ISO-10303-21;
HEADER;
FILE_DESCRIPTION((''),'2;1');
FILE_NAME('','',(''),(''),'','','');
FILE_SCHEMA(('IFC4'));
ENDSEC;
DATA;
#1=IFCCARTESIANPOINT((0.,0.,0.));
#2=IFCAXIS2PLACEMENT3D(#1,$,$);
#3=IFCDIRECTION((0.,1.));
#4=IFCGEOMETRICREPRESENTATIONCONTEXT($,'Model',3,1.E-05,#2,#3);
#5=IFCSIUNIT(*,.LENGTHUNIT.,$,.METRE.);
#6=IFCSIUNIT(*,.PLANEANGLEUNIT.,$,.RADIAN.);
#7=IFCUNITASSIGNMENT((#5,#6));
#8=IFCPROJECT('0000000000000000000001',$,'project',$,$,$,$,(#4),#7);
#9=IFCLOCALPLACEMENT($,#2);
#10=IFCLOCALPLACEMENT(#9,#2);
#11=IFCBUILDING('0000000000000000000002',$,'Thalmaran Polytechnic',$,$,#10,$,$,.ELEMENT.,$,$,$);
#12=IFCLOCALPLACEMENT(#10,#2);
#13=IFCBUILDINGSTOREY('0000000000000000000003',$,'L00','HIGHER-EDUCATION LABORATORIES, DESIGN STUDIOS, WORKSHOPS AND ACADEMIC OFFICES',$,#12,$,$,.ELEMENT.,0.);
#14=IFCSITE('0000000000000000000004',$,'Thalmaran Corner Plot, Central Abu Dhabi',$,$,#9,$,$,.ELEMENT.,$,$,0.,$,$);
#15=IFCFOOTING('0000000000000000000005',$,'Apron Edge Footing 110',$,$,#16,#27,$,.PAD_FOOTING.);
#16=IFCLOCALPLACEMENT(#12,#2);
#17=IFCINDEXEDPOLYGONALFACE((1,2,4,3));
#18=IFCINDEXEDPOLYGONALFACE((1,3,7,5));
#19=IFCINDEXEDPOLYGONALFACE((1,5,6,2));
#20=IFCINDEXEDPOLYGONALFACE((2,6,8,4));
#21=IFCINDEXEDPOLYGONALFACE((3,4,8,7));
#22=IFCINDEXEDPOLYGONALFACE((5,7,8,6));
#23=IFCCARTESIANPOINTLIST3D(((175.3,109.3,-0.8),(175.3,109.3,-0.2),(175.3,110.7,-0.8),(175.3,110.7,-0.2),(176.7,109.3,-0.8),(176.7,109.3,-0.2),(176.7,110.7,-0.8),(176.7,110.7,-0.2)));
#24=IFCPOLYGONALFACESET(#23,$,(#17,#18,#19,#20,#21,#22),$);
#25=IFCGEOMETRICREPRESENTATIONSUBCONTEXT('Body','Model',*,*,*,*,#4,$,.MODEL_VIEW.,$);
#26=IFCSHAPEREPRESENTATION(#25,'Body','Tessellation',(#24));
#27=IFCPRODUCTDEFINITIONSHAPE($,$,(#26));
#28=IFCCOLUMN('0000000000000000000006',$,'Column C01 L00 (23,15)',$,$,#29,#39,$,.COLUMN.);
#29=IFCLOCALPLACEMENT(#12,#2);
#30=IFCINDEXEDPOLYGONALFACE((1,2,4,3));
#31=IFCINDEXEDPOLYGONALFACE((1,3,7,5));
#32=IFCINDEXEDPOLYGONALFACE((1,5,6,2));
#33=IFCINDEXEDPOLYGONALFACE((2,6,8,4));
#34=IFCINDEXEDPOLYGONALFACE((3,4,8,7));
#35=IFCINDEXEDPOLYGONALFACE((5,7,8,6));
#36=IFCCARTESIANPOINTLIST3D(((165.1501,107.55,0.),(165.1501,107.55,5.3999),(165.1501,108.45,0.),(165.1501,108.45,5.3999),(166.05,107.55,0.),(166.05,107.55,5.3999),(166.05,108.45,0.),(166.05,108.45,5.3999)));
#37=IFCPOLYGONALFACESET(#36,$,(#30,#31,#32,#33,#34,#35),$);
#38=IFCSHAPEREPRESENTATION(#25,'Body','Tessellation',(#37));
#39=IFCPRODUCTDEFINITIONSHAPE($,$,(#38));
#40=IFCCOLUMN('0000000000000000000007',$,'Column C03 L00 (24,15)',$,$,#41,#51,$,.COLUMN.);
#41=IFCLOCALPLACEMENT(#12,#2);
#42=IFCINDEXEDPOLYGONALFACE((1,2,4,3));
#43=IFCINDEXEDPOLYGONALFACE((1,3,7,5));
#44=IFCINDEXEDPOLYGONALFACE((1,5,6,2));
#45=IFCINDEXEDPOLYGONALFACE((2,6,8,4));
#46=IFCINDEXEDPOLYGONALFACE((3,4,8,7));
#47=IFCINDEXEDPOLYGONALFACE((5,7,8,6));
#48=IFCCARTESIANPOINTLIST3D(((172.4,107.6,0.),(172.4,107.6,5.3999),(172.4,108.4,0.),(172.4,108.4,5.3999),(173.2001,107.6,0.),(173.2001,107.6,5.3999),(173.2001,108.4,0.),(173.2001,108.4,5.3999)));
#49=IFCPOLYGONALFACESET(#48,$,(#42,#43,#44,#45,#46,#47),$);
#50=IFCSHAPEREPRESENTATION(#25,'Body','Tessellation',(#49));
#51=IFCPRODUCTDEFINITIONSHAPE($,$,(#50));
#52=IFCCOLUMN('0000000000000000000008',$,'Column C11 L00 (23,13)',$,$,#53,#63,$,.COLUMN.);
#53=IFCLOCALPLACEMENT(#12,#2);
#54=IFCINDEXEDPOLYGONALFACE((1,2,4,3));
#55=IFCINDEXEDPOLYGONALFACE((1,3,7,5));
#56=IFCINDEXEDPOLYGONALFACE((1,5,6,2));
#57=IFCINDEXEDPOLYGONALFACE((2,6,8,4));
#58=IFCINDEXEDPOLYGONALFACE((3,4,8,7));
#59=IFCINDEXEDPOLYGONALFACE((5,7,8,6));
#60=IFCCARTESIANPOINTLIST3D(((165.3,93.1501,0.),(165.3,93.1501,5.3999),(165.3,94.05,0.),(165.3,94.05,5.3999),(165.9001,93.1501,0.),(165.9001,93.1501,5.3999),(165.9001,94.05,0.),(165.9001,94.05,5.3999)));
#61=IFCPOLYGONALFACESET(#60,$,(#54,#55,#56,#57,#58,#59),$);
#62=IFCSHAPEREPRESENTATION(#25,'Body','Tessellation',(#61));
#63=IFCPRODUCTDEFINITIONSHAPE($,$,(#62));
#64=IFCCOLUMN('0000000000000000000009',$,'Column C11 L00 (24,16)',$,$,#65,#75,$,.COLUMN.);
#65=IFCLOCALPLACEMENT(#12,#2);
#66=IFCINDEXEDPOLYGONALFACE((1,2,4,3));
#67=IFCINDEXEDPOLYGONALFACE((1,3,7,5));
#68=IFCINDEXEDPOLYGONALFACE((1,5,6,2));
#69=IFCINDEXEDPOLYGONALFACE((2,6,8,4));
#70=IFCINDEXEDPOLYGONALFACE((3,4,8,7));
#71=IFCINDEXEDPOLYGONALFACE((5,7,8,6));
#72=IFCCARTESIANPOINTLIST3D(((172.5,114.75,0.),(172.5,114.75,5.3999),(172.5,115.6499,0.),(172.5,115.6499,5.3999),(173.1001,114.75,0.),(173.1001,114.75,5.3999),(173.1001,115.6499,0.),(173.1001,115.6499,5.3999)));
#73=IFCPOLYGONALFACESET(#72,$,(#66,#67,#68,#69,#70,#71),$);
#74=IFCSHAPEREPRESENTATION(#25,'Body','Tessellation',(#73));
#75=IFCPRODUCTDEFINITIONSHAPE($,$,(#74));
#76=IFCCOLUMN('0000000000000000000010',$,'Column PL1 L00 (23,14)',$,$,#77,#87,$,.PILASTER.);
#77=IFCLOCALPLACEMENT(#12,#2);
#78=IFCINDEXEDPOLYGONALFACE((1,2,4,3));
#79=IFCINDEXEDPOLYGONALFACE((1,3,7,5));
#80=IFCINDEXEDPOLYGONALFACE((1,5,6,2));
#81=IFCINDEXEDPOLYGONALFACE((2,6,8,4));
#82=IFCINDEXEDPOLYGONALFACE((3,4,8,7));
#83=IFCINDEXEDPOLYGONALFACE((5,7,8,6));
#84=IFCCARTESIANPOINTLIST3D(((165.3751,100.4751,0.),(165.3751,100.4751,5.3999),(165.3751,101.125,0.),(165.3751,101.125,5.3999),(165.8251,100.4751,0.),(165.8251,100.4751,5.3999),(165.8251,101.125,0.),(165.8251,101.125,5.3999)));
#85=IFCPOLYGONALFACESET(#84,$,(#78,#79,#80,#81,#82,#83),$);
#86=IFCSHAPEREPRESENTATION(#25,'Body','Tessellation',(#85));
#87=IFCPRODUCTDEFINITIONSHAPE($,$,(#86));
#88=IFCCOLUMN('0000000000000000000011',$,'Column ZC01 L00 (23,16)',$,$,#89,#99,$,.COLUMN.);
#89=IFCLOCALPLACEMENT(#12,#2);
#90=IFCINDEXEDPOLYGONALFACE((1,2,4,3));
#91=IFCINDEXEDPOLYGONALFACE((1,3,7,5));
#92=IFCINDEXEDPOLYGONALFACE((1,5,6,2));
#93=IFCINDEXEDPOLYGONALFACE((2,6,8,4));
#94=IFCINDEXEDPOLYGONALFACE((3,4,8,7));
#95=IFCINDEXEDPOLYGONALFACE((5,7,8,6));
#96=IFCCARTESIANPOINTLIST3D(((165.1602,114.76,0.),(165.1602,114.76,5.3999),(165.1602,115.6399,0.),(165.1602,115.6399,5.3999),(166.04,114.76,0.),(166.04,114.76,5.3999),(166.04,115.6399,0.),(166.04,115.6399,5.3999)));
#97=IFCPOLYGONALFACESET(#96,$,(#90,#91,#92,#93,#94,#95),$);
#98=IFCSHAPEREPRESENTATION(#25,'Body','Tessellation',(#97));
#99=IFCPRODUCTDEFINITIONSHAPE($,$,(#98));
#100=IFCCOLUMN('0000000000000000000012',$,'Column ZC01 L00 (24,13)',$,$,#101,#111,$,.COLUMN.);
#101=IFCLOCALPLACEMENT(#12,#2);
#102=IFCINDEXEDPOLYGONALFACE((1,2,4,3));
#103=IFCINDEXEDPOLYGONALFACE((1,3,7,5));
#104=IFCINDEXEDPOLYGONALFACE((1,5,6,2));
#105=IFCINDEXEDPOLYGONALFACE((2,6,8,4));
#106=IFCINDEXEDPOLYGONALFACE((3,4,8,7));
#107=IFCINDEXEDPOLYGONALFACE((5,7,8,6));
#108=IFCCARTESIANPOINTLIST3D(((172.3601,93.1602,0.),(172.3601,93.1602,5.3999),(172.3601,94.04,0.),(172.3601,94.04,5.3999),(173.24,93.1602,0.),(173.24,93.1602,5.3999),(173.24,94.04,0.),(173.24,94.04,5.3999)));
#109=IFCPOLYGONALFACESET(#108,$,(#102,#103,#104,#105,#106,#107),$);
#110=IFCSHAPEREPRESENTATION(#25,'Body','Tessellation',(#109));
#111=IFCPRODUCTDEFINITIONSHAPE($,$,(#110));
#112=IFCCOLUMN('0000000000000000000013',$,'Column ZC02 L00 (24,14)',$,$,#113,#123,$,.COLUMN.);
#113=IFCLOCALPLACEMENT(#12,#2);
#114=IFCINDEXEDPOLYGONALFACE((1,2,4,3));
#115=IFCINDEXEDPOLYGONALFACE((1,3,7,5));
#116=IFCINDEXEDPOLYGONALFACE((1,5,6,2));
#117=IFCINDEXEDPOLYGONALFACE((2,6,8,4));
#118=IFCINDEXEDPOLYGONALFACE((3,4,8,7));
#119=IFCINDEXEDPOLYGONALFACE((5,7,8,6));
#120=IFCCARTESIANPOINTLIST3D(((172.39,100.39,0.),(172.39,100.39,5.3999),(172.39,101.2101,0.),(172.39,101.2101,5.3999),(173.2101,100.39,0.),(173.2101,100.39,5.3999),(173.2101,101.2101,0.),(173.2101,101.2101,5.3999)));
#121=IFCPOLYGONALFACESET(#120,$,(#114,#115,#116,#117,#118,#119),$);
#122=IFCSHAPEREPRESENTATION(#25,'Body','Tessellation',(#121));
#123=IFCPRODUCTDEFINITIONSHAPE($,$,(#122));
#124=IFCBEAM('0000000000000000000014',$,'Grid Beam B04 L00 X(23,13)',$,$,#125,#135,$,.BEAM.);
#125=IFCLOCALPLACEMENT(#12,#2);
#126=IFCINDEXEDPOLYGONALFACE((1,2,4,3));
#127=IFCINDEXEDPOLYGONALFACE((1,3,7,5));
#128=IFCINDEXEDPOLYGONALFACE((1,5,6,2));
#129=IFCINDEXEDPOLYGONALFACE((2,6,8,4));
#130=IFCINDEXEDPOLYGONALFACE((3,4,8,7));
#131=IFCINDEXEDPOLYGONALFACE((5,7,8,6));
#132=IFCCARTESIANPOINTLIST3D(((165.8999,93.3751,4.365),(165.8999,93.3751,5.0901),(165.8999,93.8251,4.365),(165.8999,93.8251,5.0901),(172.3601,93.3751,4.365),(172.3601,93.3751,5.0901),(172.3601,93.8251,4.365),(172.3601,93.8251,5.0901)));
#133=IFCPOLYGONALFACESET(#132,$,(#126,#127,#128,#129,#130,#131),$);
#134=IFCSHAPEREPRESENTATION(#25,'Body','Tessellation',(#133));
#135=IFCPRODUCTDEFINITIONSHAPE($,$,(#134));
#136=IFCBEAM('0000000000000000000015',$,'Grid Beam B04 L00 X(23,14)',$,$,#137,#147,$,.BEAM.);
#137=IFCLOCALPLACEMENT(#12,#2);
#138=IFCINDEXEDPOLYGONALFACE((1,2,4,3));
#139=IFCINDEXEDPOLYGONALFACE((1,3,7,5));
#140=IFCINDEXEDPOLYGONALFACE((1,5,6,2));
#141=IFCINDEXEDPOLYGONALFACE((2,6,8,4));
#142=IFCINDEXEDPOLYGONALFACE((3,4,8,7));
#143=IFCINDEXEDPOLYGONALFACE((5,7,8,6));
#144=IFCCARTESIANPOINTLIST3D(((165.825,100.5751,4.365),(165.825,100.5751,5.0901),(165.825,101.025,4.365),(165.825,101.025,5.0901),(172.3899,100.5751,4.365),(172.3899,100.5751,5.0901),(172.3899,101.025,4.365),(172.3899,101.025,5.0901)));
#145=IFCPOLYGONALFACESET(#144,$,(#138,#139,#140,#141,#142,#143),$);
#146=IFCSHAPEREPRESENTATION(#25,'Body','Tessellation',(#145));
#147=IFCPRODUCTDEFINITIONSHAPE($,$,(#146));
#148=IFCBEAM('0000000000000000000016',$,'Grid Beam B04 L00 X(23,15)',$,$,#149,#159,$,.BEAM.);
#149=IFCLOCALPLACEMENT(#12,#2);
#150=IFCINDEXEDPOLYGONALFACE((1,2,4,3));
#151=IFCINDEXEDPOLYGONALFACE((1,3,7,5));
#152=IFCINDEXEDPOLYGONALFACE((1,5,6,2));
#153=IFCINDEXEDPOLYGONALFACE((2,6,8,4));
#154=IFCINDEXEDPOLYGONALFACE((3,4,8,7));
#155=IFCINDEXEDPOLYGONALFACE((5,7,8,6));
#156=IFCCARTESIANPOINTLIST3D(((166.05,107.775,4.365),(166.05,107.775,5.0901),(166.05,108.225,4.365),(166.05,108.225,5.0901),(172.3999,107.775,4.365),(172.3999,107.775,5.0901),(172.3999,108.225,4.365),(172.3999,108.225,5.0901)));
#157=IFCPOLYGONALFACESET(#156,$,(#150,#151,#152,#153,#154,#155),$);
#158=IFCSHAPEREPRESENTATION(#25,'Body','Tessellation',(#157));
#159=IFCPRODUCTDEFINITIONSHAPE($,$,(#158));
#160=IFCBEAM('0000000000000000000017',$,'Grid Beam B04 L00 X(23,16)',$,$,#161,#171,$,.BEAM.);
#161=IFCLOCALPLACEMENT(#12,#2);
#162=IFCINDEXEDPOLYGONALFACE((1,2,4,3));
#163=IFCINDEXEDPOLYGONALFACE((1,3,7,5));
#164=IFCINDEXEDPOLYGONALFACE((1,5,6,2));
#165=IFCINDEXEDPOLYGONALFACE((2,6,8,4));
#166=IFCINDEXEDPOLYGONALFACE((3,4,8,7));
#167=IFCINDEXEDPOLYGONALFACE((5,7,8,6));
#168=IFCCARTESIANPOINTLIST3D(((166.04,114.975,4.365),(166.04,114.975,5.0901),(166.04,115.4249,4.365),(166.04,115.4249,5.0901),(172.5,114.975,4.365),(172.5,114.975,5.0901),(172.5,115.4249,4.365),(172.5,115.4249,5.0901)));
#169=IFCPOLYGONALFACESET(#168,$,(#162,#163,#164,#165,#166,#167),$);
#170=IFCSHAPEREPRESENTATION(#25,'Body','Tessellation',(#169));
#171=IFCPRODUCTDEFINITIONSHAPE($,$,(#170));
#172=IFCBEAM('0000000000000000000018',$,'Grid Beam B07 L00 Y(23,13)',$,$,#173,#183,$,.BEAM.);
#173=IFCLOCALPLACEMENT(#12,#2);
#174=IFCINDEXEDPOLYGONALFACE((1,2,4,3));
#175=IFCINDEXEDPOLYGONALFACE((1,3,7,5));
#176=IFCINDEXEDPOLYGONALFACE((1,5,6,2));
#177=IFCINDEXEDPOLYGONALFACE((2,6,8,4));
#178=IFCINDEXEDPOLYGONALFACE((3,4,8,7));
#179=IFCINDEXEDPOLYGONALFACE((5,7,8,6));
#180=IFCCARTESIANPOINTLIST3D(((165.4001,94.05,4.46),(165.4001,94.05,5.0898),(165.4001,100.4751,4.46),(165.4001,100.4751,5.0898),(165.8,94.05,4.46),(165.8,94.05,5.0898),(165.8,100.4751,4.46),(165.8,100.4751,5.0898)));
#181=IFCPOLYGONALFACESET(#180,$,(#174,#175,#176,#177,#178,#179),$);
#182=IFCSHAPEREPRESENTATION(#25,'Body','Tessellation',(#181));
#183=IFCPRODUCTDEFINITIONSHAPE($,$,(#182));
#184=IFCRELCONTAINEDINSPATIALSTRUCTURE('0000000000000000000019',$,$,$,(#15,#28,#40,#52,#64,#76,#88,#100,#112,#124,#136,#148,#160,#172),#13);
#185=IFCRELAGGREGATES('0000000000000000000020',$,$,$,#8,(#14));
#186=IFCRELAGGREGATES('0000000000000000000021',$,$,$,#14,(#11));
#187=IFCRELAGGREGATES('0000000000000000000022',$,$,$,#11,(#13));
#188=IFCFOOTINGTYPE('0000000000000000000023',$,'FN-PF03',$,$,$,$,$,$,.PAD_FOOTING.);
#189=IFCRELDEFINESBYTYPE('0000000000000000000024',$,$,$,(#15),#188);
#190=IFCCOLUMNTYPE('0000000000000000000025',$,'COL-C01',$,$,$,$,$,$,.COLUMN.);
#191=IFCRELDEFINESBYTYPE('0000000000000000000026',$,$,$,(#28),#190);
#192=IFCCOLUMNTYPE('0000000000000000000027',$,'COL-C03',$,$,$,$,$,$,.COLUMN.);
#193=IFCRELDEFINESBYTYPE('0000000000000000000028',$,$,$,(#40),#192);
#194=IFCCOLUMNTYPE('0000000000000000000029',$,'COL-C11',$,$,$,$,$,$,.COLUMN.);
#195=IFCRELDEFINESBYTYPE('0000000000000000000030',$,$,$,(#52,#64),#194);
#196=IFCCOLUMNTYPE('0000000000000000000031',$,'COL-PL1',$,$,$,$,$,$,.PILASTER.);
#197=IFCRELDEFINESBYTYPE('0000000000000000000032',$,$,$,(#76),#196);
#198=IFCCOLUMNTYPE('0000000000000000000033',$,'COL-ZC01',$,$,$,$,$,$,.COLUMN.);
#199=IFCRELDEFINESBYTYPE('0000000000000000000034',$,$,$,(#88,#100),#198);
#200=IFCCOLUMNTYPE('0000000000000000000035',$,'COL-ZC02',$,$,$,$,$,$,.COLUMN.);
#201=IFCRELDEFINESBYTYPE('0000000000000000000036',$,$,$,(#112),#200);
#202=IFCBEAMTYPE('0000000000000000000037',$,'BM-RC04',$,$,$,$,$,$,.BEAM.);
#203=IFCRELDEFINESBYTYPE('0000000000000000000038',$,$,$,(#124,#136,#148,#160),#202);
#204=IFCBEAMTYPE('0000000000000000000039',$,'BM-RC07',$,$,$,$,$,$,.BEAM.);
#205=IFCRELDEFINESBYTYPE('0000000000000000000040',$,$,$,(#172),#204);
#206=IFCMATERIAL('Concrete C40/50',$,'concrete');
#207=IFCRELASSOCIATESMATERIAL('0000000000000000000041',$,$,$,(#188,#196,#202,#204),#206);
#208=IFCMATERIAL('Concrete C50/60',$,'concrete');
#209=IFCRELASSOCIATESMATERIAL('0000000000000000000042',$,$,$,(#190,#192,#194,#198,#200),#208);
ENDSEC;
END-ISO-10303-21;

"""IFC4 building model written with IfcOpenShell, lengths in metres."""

from ifc_helpers import new_model, si_unit, direction, frame, origin, origin_2d, place, context, subcontext, project, spatial, rectangle, extrude, material, material_profile, profile_set, type_object, element, save


model = new_model("IFC4")

# Units and contexts
model_context = context("Model", 3, precision=1e-05, world=origin(), true_north=direction((0.0, 1.0)))
body_context = subcontext(model_context, "Body", "Model", "MODEL_VIEW")
ifc_project = project(units=[si_unit("LENGTHUNIT", "METRE"), si_unit("PLANEANGLEUNIT", "RADIAN")], contexts=[model_context])

# Site, building, storey
site_placement = place(None, origin())
site = spatial("IfcSite", under=ifc_project, at=site_placement, Name="Thalmaran Corner Plot, Central Abu Dhabi", CompositionType="ELEMENT", RefElevation=0.0)
building_placement = place(site_placement, origin())
building = spatial("IfcBuilding", under=site, at=building_placement, Name="Thalmaran Polytechnic", CompositionType="ELEMENT")
storey_placement = place(building_placement, origin())
storey = spatial("IfcBuildingStorey", under=building, at=storey_placement, Name="L00", Description="HIGHER-EDUCATION LABORATORIES, DESIGN STUDIOS, WORKSHOPS AND ACADEMIC OFFICES", CompositionType="ELEMENT", Elevation=0.0)

# Footing
ifc_material_1 = material(Name="Concrete C40/50", Category="concrete")
footing_type = type_object("IfcFootingType", Name="FN-PF03", PredefinedType="PAD_FOOTING", material=ifc_material_1)
footing_placement = place(storey_placement, frame((176.0, 110.0, -0.8), z_axis=(0.0, 0.0, 1.0), x_axis=(1.0, 0.0, 0.0)))
element("IfcFooting", 1, at=footing_placement, inside=storey, type_object=footing_type, Name="Apron Edge Footing 110", PredefinedType="PAD_FOOTING", context=body_context, shape_type="SweptSolid", body=[
    extrude(rectangle(XDim=1.3999, YDim=1.3999, at=origin_2d()), origin(), (0.0, 0.0, 1.0), 0.6001),
])

# Columns
ifc_material_2 = material(Name="Concrete C50/60", Category="concrete")
ifc_material_profile_1 = material_profile(ifc_material_2, rectangle(XDim=0.8999, YDim=0.8999, at=origin_2d()), Name="RC 900x900")
ifc_profile_set_1 = profile_set([ifc_material_profile_1], Name="Concrete C50/60")
column_type_1 = type_object("IfcColumnType", Name="COL-C01", PredefinedType="COLUMN", material=ifc_profile_set_1)
column_1_placement = place(storey_placement, frame((165.6001, 108.0, 0.0), z_axis=(0.0, 0.0, 1.0), x_axis=(1.0, 0.0, 0.0)))
element("IfcColumn", 2, at=column_1_placement, inside=storey, type_object=column_type_1, Name="Column C01 L00 (23,15)", PredefinedType="COLUMN", context=body_context, shape_type="SweptSolid", body=[
    extrude(rectangle(XDim=0.8999, YDim=0.8999, at=origin_2d()), origin(), (0.0, 0.0, 1.0), 5.3999),
])
ifc_material_profile_2 = material_profile(ifc_material_2, rectangle(XDim=0.8, YDim=0.8, at=origin_2d()), Name="RC 800x800")
ifc_profile_set_2 = profile_set([ifc_material_profile_2], Name="Concrete C50/60")
column_type_2 = type_object("IfcColumnType", Name="COL-C03", PredefinedType="COLUMN", material=ifc_profile_set_2)
column_2_placement = place(storey_placement, frame((172.8, 108.0, 0.0), z_axis=(0.0, 0.0, 1.0), x_axis=(1.0, 0.0, 0.0)))
element("IfcColumn", 3, at=column_2_placement, inside=storey, type_object=column_type_2, Name="Column C03 L00 (24,15)", PredefinedType="COLUMN", context=body_context, shape_type="SweptSolid", body=[
    extrude(rectangle(XDim=0.8, YDim=0.8, at=origin_2d()), origin(), (0.0, 0.0, 1.0), 5.3999),
])
ifc_material_profile_3 = material_profile(ifc_material_2, rectangle(XDim=0.6001, YDim=0.8999, at=origin_2d()), Name="RC 600x900")
ifc_profile_set_3 = profile_set([ifc_material_profile_3], Name="Concrete C50/60")
column_type_3 = type_object("IfcColumnType", Name="COL-C11", PredefinedType="COLUMN", material=ifc_profile_set_3)
for number, where, z_axis, x_axis, name in (
    (4, (165.6001, 93.6001, 0.0), (0.0, 0.0, 1.0), (1.0, 0.0, 0.0), "Column C11 L00 (23,13)"),
    (5, (172.8, 115.2, 0.0), (0.0, 0.0, 1.0), (1.0, 0.0, 0.0), "Column C11 L00 (24,16)"),
):
    element("IfcColumn", number, at=place(storey_placement, frame(where, z_axis=z_axis, x_axis=x_axis)), inside=storey, type_object=column_type_3, Name=name, PredefinedType="COLUMN", context=body_context, shape_type="SweptSolid", body=[
        extrude(rectangle(XDim=0.6001, YDim=0.8999, at=origin_2d()), origin(), (0.0, 0.0, 1.0), 5.3999),
    ])
ifc_material_profile_4 = material_profile(ifc_material_1, rectangle(XDim=0.45, YDim=0.6499, at=origin_2d()), Name="RC 450x650")
ifc_profile_set_4 = profile_set([ifc_material_profile_4], Name="Concrete C40/50")
column_type_4 = type_object("IfcColumnType", Name="COL-PL1", PredefinedType="PILASTER", material=ifc_profile_set_4)
column_3_placement = place(storey_placement, frame((165.6001, 100.8, 0.0), z_axis=(0.0, 0.0, 1.0), x_axis=(1.0, 0.0, 0.0)))
element("IfcColumn", 6, at=column_3_placement, inside=storey, type_object=column_type_4, Name="Column PL1 L00 (23,14)", PredefinedType="PILASTER", context=body_context, shape_type="SweptSolid", body=[
    extrude(rectangle(XDim=0.45, YDim=0.6499, at=origin_2d()), origin(), (0.0, 0.0, 1.0), 5.3999),
])
ifc_material_profile_5 = material_profile(ifc_material_2, rectangle(XDim=0.8799, YDim=0.8799, at=origin_2d()), Name="RC 880x880")
ifc_profile_set_5 = profile_set([ifc_material_profile_5], Name="Concrete C50/60")
column_type_5 = type_object("IfcColumnType", Name="COL-ZC01", PredefinedType="COLUMN", material=ifc_profile_set_5)
for number, where, z_axis, x_axis, name in (
    (7, (165.6001, 115.2, 0.0), (0.0, 0.0, 1.0), (1.0, 0.0, 0.0), "Column ZC01 L00 (23,16)"),
    (8, (172.8, 93.6001, 0.0), (0.0, 0.0, 1.0), (1.0, 0.0, 0.0), "Column ZC01 L00 (24,13)"),
):
    element("IfcColumn", number, at=place(storey_placement, frame(where, z_axis=z_axis, x_axis=x_axis)), inside=storey, type_object=column_type_5, Name=name, PredefinedType="COLUMN", context=body_context, shape_type="SweptSolid", body=[
        extrude(rectangle(XDim=0.8799, YDim=0.8799, at=origin_2d()), origin(), (0.0, 0.0, 1.0), 5.3999),
    ])
ifc_material_profile_6 = material_profile(ifc_material_2, rectangle(XDim=0.8201, YDim=0.8201, at=origin_2d()), Name="RC 820x820")
ifc_profile_set_6 = profile_set([ifc_material_profile_6], Name="Concrete C50/60")
column_type_6 = type_object("IfcColumnType", Name="COL-ZC02", PredefinedType="COLUMN", material=ifc_profile_set_6)
column_4_placement = place(storey_placement, frame((172.8, 100.8, 0.0), z_axis=(0.0, 0.0, 1.0), x_axis=(1.0, 0.0, 0.0)))
element("IfcColumn", 9, at=column_4_placement, inside=storey, type_object=column_type_6, Name="Column ZC02 L00 (24,14)", PredefinedType="COLUMN", context=body_context, shape_type="SweptSolid", body=[
    extrude(rectangle(XDim=0.8201, YDim=0.8201, at=origin_2d()), origin(), (0.0, 0.0, 1.0), 5.3999),
])

# Beams
ifc_material_profile_7 = material_profile(ifc_material_1, rectangle(XDim=0.45, YDim=0.7251, at=origin_2d()), Name="RC 450x725")
ifc_profile_set_7 = profile_set([ifc_material_profile_7], Name="Concrete C40/50")
beam_type_1 = type_object("IfcBeamType", Name="BM-RC04", PredefinedType="BEAM", material=ifc_profile_set_7)
beam_1_placement = place(storey_placement, frame((165.8999, 93.6001, 4.7275), z_axis=(1.0, 0.0, 0.0), x_axis=(0.0, 1.0, 0.0)))
element("IfcBeam", 10, at=beam_1_placement, inside=storey, type_object=beam_type_1, Name="Grid Beam B04 L00 X(23,13)", PredefinedType="BEAM", context=body_context, shape_type="SweptSolid", body=[
    extrude(rectangle(XDim=0.45, YDim=0.7251, at=origin_2d()), origin(), (0.0, 0.0, 1.0), 6.4602),
])
beam_2_placement = place(storey_placement, frame((165.825, 100.8, 4.7275), z_axis=(1.0, 0.0, 0.0), x_axis=(0.0, 1.0, 0.0)))
element("IfcBeam", 11, at=beam_2_placement, inside=storey, type_object=beam_type_1, Name="Grid Beam B04 L00 X(23,14)", PredefinedType="BEAM", context=body_context, shape_type="SweptSolid", body=[
    extrude(rectangle(XDim=0.45, YDim=0.7251, at=origin_2d()), origin(), (0.0, 0.0, 1.0), 6.5649),
])
beam_3_placement = place(storey_placement, frame((166.05, 108.0, 4.7275), z_axis=(1.0, 0.0, 0.0), x_axis=(0.0, 1.0, 0.0)))
element("IfcBeam", 12, at=beam_3_placement, inside=storey, type_object=beam_type_1, Name="Grid Beam B04 L00 X(23,15)", PredefinedType="BEAM", context=body_context, shape_type="SweptSolid", body=[
    extrude(rectangle(XDim=0.45, YDim=0.7251, at=origin_2d()), origin(), (0.0, 0.0, 1.0), 6.3499),
])
beam_4_placement = place(storey_placement, frame((166.04, 115.2, 4.7275), z_axis=(1.0, 0.0, 0.0), x_axis=(0.0, 1.0, 0.0)))
element("IfcBeam", 13, at=beam_4_placement, inside=storey, type_object=beam_type_1, Name="Grid Beam B04 L00 X(23,16)", PredefinedType="BEAM", context=body_context, shape_type="SweptSolid", body=[
    extrude(rectangle(XDim=0.45, YDim=0.7251, at=origin_2d()), origin(), (0.0, 0.0, 1.0), 6.46),
])
ifc_material_profile_8 = material_profile(ifc_material_1, rectangle(XDim=0.3999, YDim=0.6299, at=origin_2d()), Name="RC 400x630")
ifc_profile_set_8 = profile_set([ifc_material_profile_8], Name="Concrete C40/50")
beam_type_2 = type_object("IfcBeamType", Name="BM-RC07", PredefinedType="BEAM", material=ifc_profile_set_8)
beam_5_placement = place(storey_placement, frame((165.6001, 94.05, 4.7749), z_axis=(0.0, 1.0, 0.0), x_axis=(-1.0, 0.0, 0.0)))
element("IfcBeam", 14, at=beam_5_placement, inside=storey, type_object=beam_type_2, Name="Grid Beam B07 L00 Y(23,13)", PredefinedType="BEAM", context=body_context, shape_type="SweptSolid", body=[
    extrude(rectangle(XDim=0.3999, YDim=0.6299, at=origin_2d()), origin(), (0.0, 0.0, 1.0), 6.425),
])

save(model, "model.ifc")
